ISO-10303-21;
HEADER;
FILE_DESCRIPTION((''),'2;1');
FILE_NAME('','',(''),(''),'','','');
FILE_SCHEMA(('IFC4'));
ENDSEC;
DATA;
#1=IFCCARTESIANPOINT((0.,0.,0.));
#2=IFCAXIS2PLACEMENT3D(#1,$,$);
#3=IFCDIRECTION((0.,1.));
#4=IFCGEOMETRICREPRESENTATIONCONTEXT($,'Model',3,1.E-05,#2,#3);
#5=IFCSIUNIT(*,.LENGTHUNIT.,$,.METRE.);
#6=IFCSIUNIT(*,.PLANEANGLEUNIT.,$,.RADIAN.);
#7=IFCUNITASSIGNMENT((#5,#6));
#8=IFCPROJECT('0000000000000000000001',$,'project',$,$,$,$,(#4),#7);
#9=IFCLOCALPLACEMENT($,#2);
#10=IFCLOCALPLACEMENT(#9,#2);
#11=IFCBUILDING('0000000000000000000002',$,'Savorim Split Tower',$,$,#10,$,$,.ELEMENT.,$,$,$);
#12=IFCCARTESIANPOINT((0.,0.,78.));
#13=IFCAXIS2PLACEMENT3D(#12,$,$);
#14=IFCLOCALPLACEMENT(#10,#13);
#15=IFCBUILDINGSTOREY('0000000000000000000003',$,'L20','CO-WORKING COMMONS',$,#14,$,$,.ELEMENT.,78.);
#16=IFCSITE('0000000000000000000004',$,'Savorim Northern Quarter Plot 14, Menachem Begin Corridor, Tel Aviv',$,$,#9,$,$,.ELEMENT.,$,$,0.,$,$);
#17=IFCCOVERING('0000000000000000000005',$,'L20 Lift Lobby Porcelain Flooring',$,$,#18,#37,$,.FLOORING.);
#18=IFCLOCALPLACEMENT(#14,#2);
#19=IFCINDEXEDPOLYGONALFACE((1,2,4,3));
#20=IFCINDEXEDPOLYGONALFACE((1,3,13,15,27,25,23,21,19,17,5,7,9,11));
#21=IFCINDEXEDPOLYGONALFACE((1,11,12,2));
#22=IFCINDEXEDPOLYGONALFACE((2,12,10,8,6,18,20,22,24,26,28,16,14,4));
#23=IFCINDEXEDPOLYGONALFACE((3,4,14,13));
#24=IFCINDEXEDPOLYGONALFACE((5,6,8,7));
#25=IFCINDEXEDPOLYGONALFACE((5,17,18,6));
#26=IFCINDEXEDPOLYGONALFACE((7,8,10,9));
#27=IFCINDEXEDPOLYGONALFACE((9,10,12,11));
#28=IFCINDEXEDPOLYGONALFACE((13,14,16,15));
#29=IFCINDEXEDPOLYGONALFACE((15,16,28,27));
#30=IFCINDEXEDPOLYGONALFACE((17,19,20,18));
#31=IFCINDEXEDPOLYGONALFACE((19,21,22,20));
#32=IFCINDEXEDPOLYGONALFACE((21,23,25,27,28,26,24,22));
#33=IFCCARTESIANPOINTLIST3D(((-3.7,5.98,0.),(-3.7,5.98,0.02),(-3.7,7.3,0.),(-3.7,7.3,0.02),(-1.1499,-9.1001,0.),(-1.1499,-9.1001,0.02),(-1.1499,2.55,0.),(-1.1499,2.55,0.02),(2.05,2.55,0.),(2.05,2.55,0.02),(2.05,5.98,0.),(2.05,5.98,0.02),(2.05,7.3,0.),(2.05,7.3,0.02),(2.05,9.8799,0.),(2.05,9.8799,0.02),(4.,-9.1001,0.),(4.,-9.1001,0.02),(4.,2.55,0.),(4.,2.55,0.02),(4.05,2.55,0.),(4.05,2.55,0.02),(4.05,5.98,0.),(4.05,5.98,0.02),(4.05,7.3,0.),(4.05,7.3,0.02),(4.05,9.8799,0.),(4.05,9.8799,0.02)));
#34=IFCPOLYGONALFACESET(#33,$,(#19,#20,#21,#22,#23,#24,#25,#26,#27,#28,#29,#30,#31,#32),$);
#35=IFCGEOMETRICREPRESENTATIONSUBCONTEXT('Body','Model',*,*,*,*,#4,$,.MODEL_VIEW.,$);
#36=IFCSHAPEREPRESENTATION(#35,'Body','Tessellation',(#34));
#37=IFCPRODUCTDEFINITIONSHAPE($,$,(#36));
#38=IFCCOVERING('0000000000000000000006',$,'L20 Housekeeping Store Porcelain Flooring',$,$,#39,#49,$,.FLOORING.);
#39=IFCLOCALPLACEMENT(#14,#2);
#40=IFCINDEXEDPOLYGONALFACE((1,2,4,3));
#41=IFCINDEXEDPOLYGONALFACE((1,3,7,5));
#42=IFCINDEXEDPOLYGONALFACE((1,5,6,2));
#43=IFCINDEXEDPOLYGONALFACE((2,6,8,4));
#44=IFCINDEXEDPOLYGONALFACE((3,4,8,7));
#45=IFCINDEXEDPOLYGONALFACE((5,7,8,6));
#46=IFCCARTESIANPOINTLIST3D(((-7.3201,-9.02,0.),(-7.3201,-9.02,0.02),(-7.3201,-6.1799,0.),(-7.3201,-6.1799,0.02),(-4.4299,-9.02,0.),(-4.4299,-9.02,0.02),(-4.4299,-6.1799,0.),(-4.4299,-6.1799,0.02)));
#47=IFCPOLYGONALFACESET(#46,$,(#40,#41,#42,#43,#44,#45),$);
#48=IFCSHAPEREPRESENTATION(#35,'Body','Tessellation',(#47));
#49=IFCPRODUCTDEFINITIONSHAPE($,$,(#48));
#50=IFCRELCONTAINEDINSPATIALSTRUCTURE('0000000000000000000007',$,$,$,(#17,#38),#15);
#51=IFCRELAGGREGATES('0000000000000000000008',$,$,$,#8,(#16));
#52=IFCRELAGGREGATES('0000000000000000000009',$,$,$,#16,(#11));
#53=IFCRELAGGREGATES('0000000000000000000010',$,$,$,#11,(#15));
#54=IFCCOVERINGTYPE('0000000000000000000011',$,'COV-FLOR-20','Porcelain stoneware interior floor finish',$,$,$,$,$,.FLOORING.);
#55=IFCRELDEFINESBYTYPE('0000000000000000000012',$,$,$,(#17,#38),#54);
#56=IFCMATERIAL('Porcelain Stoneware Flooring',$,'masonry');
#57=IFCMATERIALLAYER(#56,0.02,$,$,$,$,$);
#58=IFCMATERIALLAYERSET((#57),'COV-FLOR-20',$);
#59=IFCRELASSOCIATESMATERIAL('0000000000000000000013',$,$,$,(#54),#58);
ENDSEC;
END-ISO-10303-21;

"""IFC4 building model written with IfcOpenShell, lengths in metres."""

from ifc_helpers import new_model, si_unit, direction, frame, origin, place, context, subcontext, project, spatial, polyline, outline, extrude, material, layer, layer_set, type_object, element, save


model = new_model("IFC4")

# Units and contexts
model_context = context("Model", 3, precision=1e-05, world=origin(), true_north=direction((0.0, 1.0)))
body_context = subcontext(model_context, "Body", "Model", "MODEL_VIEW")
ifc_project = project(units=[si_unit("LENGTHUNIT", "METRE"), si_unit("PLANEANGLEUNIT", "RADIAN")], contexts=[model_context])

# Site, building, storey
site_placement = place(None, origin())
site = spatial("IfcSite", under=ifc_project, at=site_placement, Name="Savorim Northern Quarter Plot 14, Menachem Begin Corridor, Tel Aviv", CompositionType="ELEMENT", RefElevation=0.0)
building_placement = place(site_placement, origin())
building = spatial("IfcBuilding", under=site, at=building_placement, Name="Savorim Split Tower", CompositionType="ELEMENT")
storey_placement = place(building_placement, frame((0.0, 0.0, 78.0)))
storey = spatial("IfcBuildingStorey", under=building, at=storey_placement, Name="L20", Description="CO-WORKING COMMONS", CompositionType="ELEMENT", Elevation=78.0)

# Coverings
ifc_material_1 = material(Name="Porcelain Stoneware Flooring", Category="masonry")
ifc_layer_1 = layer(ifc_material_1, 0.02)
ifc_layer_set_1 = layer_set([ifc_layer_1], Name="COV-FLOR-20")
covering_type_1 = type_object("IfcCoveringType", Name="COV-FLOR-20", Description="Porcelain stoneware interior floor finish", PredefinedType="FLOORING", material=ifc_layer_set_1)
covering_1_placement = place(storey_placement, origin())
element("IfcCovering", 1, at=covering_1_placement, inside=storey, type_object=covering_type_1, Name="L20 Lift Lobby Porcelain Flooring", PredefinedType="FLOORING", context=body_context, shape_type="SweptSolid", body=[
    extrude(outline(polyline([(2.05, 2.55), (-1.1499, 2.55), (-1.1499, -9.1001), (4.0, -9.1001), (4.0, 2.55), (4.05, 2.55), (4.05, 5.98), (4.05, 7.3), (4.05, 9.8799), (2.05, 9.8799), (2.05, 7.3), (-3.7, 7.3), (-3.7, 5.98), (2.05, 5.98), (2.05, 2.55)])), origin(), (0.0, 0.0, 1.0), 0.02),
])
covering_2_placement = place(storey_placement, origin())
element("IfcCovering", 2, at=covering_2_placement, inside=storey, type_object=covering_type_1, Name="L20 Housekeeping Store Porcelain Flooring", PredefinedType="FLOORING", context=body_context, shape_type="SweptSolid", body=[
    extrude(outline(polyline([(-7.3201, -6.1799), (-7.3201, -9.02), (-4.4299, -9.02), (-4.4299, -6.1799), (-7.3201, -6.1799)])), origin(), (0.0, 0.0, 1.0), 0.02),
])

save(model, "model.ifc")
